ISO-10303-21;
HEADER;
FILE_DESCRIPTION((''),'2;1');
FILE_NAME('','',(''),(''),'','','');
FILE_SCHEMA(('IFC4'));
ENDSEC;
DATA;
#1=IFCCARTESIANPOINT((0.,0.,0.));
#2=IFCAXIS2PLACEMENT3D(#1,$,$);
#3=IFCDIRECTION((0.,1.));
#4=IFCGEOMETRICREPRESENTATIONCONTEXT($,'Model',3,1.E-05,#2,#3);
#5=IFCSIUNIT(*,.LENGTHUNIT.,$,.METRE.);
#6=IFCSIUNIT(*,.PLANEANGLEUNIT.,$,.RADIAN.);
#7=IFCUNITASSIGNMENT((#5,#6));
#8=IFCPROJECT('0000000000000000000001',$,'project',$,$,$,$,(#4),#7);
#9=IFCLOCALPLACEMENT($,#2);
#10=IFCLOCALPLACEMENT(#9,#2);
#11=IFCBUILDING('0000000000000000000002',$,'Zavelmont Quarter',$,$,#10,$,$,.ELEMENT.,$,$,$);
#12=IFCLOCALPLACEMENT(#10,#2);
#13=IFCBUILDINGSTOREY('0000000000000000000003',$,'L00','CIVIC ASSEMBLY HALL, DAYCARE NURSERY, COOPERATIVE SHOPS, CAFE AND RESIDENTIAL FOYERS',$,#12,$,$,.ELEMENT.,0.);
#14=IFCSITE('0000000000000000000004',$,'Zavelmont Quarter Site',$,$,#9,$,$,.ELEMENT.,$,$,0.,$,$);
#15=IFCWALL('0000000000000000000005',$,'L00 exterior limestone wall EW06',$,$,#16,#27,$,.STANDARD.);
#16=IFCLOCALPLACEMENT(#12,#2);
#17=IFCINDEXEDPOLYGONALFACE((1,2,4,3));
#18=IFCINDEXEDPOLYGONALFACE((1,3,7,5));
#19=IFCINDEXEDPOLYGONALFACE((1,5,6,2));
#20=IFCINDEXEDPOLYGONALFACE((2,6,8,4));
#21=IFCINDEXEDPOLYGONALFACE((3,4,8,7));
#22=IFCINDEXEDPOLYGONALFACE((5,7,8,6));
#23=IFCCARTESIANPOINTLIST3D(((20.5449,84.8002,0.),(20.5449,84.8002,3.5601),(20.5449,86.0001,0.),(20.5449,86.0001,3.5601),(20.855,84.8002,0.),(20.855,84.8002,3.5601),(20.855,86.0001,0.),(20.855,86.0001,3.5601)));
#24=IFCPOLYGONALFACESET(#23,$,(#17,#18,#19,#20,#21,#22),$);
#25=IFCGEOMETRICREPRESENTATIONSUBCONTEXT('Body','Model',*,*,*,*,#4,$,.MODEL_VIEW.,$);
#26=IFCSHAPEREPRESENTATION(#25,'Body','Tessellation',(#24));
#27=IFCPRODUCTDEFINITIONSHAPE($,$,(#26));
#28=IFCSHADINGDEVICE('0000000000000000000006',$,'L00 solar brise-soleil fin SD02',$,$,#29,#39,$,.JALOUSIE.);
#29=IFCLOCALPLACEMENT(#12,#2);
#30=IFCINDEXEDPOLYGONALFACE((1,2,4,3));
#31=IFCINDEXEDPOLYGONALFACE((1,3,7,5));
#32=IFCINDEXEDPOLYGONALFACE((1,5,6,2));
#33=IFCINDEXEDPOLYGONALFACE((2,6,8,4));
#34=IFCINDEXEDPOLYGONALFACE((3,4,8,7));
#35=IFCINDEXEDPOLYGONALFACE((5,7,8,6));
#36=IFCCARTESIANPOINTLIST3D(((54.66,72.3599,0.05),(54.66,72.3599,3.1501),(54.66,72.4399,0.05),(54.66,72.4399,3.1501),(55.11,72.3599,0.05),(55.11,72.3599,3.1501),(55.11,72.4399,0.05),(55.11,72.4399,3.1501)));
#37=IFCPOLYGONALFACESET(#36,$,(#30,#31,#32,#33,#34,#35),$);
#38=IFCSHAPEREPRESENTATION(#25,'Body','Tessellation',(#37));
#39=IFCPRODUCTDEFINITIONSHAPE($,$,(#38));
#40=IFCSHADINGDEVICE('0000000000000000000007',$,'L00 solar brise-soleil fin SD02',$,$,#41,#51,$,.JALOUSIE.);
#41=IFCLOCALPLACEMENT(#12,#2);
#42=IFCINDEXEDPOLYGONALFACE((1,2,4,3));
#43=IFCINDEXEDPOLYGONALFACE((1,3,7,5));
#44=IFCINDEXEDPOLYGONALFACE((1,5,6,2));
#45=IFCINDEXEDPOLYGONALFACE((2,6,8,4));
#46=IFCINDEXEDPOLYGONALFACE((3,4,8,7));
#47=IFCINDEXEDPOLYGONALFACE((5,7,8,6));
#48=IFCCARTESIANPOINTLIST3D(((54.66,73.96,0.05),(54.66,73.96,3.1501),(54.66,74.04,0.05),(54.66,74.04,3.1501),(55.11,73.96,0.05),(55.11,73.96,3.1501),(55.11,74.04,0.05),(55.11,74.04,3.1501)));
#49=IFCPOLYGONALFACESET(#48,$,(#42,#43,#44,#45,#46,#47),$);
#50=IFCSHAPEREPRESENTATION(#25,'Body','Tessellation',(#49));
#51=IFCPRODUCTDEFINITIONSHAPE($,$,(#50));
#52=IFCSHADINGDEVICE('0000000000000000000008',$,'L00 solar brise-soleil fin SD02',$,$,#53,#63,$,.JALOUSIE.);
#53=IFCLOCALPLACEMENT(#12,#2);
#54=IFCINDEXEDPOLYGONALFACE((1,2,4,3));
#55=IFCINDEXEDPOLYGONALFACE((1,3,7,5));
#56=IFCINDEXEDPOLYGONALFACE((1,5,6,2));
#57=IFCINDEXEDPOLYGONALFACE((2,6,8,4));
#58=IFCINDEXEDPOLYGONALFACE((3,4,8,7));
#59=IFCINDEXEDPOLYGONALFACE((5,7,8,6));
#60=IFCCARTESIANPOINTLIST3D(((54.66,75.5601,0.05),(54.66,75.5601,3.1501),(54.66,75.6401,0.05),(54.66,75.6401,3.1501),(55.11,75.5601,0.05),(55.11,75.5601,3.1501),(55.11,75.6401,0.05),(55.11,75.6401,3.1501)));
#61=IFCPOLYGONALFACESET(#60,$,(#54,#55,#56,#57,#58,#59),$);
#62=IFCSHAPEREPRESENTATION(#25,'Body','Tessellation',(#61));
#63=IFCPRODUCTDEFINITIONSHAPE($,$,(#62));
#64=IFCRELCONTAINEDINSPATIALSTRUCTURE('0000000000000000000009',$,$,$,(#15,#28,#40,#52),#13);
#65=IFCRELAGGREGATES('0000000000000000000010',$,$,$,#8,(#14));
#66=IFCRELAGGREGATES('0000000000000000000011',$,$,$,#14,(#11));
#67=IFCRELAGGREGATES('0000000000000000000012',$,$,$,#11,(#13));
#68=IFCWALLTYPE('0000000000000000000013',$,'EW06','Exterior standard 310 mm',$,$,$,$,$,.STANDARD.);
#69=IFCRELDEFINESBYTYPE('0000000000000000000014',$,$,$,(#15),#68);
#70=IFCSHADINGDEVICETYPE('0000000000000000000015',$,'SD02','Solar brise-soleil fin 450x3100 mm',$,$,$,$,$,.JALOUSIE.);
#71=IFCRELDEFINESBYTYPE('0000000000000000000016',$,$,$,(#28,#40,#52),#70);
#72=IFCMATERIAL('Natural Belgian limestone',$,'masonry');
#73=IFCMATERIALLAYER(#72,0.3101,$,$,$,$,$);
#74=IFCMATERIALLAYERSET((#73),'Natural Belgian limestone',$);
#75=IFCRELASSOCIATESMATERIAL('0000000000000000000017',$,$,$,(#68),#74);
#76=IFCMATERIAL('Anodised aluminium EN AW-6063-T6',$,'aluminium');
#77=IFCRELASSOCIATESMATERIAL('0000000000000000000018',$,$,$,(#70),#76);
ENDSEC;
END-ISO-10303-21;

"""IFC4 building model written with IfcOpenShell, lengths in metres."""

from ifc_helpers import new_model, si_unit, direction, frame, frame_2d, origin, origin_2d, place, context, subcontext, project, spatial, rectangle, extrude, material, layer, layer_set, type_object, element, save


model = new_model("IFC4")

# Units and contexts
model_context = context("Model", 3, precision=1e-05, world=origin(), true_north=direction((0.0, 1.0)))
body_context = subcontext(model_context, "Body", "Model", "MODEL_VIEW")
ifc_project = project(units=[si_unit("LENGTHUNIT", "METRE"), si_unit("PLANEANGLEUNIT", "RADIAN")], contexts=[model_context])

# Site, building, storey
site_placement = place(None, origin())
site = spatial("IfcSite", under=ifc_project, at=site_placement, Name="Zavelmont Quarter Site", CompositionType="ELEMENT", RefElevation=0.0)
building_placement = place(site_placement, origin())
building = spatial("IfcBuilding", under=site, at=building_placement, Name="Zavelmont Quarter", CompositionType="ELEMENT")
storey_placement = place(building_placement, origin())
storey = spatial("IfcBuildingStorey", under=building, at=storey_placement, Name="L00", Description="CIVIC ASSEMBLY HALL, DAYCARE NURSERY, COOPERATIVE SHOPS, CAFE AND RESIDENTIAL FOYERS", CompositionType="ELEMENT", Elevation=0.0)

# Wall
ifc_material_1 = material(Name="Natural Belgian limestone", Category="masonry")
ifc_layer_1 = layer(ifc_material_1, 0.3101)
ifc_layer_set_1 = layer_set([ifc_layer_1], Name="Natural Belgian limestone")
wall_type_1 = type_object("IfcWallType", Name="EW06", Description="Exterior standard 310 mm", PredefinedType="STANDARD", material=ifc_layer_set_1)
wall_1_placement = place(storey_placement, frame((20.7, 84.8, 0.0), z_axis=(0.0, 0.0, 1.0), x_axis=(0.0, 1.0, 0.0)))
element("IfcWall", 1, at=wall_1_placement, inside=storey, type_object=wall_type_1, Name="L00 exterior limestone wall EW06", PredefinedType="STANDARD", context=body_context, shape_type="SweptSolid", body=[
    extrude(rectangle(XDim=1.2, YDim=0.3101, at=frame_2d((0.6001, 0.0))), origin(), (0.0, 0.0, 1.0), 3.5601),
])

# Shading devices
ifc_material_2 = material(Name="Anodised aluminium EN AW-6063-T6", Category="aluminium")
shading_device_type = type_object("IfcShadingDeviceType", Name="SD02", Description="Solar brise-soleil fin 450x3100 mm", PredefinedType="JALOUSIE", material=ifc_material_2)
for number, where, z_axis, x_axis, name in (
    (2, (54.885, 72.3999, 0.05), (0.0, 0.0, 1.0), (0.0, 1.0, 0.0), "L00 solar brise-soleil fin SD02"),
    (3, (54.885, 74.0, 0.05), (0.0, 0.0, 1.0), (0.0, 1.0, 0.0), "L00 solar brise-soleil fin SD02"),
    (4, (54.885, 75.6001, 0.05), (0.0, 0.0, 1.0), (0.0, 1.0, 0.0), "L00 solar brise-soleil fin SD02"),
):
    element("IfcShadingDevice", number, at=place(storey_placement, frame(where, z_axis=z_axis, x_axis=x_axis)), inside=storey, type_object=shading_device_type, Name=name, PredefinedType="JALOUSIE", context=body_context, shape_type="SweptSolid", body=[
        extrude(rectangle(XDim=0.0801, YDim=0.45, at=origin_2d()), origin(), (0.0, 0.0, 1.0), 3.1001),
    ])

save(model, "model.ifc")
